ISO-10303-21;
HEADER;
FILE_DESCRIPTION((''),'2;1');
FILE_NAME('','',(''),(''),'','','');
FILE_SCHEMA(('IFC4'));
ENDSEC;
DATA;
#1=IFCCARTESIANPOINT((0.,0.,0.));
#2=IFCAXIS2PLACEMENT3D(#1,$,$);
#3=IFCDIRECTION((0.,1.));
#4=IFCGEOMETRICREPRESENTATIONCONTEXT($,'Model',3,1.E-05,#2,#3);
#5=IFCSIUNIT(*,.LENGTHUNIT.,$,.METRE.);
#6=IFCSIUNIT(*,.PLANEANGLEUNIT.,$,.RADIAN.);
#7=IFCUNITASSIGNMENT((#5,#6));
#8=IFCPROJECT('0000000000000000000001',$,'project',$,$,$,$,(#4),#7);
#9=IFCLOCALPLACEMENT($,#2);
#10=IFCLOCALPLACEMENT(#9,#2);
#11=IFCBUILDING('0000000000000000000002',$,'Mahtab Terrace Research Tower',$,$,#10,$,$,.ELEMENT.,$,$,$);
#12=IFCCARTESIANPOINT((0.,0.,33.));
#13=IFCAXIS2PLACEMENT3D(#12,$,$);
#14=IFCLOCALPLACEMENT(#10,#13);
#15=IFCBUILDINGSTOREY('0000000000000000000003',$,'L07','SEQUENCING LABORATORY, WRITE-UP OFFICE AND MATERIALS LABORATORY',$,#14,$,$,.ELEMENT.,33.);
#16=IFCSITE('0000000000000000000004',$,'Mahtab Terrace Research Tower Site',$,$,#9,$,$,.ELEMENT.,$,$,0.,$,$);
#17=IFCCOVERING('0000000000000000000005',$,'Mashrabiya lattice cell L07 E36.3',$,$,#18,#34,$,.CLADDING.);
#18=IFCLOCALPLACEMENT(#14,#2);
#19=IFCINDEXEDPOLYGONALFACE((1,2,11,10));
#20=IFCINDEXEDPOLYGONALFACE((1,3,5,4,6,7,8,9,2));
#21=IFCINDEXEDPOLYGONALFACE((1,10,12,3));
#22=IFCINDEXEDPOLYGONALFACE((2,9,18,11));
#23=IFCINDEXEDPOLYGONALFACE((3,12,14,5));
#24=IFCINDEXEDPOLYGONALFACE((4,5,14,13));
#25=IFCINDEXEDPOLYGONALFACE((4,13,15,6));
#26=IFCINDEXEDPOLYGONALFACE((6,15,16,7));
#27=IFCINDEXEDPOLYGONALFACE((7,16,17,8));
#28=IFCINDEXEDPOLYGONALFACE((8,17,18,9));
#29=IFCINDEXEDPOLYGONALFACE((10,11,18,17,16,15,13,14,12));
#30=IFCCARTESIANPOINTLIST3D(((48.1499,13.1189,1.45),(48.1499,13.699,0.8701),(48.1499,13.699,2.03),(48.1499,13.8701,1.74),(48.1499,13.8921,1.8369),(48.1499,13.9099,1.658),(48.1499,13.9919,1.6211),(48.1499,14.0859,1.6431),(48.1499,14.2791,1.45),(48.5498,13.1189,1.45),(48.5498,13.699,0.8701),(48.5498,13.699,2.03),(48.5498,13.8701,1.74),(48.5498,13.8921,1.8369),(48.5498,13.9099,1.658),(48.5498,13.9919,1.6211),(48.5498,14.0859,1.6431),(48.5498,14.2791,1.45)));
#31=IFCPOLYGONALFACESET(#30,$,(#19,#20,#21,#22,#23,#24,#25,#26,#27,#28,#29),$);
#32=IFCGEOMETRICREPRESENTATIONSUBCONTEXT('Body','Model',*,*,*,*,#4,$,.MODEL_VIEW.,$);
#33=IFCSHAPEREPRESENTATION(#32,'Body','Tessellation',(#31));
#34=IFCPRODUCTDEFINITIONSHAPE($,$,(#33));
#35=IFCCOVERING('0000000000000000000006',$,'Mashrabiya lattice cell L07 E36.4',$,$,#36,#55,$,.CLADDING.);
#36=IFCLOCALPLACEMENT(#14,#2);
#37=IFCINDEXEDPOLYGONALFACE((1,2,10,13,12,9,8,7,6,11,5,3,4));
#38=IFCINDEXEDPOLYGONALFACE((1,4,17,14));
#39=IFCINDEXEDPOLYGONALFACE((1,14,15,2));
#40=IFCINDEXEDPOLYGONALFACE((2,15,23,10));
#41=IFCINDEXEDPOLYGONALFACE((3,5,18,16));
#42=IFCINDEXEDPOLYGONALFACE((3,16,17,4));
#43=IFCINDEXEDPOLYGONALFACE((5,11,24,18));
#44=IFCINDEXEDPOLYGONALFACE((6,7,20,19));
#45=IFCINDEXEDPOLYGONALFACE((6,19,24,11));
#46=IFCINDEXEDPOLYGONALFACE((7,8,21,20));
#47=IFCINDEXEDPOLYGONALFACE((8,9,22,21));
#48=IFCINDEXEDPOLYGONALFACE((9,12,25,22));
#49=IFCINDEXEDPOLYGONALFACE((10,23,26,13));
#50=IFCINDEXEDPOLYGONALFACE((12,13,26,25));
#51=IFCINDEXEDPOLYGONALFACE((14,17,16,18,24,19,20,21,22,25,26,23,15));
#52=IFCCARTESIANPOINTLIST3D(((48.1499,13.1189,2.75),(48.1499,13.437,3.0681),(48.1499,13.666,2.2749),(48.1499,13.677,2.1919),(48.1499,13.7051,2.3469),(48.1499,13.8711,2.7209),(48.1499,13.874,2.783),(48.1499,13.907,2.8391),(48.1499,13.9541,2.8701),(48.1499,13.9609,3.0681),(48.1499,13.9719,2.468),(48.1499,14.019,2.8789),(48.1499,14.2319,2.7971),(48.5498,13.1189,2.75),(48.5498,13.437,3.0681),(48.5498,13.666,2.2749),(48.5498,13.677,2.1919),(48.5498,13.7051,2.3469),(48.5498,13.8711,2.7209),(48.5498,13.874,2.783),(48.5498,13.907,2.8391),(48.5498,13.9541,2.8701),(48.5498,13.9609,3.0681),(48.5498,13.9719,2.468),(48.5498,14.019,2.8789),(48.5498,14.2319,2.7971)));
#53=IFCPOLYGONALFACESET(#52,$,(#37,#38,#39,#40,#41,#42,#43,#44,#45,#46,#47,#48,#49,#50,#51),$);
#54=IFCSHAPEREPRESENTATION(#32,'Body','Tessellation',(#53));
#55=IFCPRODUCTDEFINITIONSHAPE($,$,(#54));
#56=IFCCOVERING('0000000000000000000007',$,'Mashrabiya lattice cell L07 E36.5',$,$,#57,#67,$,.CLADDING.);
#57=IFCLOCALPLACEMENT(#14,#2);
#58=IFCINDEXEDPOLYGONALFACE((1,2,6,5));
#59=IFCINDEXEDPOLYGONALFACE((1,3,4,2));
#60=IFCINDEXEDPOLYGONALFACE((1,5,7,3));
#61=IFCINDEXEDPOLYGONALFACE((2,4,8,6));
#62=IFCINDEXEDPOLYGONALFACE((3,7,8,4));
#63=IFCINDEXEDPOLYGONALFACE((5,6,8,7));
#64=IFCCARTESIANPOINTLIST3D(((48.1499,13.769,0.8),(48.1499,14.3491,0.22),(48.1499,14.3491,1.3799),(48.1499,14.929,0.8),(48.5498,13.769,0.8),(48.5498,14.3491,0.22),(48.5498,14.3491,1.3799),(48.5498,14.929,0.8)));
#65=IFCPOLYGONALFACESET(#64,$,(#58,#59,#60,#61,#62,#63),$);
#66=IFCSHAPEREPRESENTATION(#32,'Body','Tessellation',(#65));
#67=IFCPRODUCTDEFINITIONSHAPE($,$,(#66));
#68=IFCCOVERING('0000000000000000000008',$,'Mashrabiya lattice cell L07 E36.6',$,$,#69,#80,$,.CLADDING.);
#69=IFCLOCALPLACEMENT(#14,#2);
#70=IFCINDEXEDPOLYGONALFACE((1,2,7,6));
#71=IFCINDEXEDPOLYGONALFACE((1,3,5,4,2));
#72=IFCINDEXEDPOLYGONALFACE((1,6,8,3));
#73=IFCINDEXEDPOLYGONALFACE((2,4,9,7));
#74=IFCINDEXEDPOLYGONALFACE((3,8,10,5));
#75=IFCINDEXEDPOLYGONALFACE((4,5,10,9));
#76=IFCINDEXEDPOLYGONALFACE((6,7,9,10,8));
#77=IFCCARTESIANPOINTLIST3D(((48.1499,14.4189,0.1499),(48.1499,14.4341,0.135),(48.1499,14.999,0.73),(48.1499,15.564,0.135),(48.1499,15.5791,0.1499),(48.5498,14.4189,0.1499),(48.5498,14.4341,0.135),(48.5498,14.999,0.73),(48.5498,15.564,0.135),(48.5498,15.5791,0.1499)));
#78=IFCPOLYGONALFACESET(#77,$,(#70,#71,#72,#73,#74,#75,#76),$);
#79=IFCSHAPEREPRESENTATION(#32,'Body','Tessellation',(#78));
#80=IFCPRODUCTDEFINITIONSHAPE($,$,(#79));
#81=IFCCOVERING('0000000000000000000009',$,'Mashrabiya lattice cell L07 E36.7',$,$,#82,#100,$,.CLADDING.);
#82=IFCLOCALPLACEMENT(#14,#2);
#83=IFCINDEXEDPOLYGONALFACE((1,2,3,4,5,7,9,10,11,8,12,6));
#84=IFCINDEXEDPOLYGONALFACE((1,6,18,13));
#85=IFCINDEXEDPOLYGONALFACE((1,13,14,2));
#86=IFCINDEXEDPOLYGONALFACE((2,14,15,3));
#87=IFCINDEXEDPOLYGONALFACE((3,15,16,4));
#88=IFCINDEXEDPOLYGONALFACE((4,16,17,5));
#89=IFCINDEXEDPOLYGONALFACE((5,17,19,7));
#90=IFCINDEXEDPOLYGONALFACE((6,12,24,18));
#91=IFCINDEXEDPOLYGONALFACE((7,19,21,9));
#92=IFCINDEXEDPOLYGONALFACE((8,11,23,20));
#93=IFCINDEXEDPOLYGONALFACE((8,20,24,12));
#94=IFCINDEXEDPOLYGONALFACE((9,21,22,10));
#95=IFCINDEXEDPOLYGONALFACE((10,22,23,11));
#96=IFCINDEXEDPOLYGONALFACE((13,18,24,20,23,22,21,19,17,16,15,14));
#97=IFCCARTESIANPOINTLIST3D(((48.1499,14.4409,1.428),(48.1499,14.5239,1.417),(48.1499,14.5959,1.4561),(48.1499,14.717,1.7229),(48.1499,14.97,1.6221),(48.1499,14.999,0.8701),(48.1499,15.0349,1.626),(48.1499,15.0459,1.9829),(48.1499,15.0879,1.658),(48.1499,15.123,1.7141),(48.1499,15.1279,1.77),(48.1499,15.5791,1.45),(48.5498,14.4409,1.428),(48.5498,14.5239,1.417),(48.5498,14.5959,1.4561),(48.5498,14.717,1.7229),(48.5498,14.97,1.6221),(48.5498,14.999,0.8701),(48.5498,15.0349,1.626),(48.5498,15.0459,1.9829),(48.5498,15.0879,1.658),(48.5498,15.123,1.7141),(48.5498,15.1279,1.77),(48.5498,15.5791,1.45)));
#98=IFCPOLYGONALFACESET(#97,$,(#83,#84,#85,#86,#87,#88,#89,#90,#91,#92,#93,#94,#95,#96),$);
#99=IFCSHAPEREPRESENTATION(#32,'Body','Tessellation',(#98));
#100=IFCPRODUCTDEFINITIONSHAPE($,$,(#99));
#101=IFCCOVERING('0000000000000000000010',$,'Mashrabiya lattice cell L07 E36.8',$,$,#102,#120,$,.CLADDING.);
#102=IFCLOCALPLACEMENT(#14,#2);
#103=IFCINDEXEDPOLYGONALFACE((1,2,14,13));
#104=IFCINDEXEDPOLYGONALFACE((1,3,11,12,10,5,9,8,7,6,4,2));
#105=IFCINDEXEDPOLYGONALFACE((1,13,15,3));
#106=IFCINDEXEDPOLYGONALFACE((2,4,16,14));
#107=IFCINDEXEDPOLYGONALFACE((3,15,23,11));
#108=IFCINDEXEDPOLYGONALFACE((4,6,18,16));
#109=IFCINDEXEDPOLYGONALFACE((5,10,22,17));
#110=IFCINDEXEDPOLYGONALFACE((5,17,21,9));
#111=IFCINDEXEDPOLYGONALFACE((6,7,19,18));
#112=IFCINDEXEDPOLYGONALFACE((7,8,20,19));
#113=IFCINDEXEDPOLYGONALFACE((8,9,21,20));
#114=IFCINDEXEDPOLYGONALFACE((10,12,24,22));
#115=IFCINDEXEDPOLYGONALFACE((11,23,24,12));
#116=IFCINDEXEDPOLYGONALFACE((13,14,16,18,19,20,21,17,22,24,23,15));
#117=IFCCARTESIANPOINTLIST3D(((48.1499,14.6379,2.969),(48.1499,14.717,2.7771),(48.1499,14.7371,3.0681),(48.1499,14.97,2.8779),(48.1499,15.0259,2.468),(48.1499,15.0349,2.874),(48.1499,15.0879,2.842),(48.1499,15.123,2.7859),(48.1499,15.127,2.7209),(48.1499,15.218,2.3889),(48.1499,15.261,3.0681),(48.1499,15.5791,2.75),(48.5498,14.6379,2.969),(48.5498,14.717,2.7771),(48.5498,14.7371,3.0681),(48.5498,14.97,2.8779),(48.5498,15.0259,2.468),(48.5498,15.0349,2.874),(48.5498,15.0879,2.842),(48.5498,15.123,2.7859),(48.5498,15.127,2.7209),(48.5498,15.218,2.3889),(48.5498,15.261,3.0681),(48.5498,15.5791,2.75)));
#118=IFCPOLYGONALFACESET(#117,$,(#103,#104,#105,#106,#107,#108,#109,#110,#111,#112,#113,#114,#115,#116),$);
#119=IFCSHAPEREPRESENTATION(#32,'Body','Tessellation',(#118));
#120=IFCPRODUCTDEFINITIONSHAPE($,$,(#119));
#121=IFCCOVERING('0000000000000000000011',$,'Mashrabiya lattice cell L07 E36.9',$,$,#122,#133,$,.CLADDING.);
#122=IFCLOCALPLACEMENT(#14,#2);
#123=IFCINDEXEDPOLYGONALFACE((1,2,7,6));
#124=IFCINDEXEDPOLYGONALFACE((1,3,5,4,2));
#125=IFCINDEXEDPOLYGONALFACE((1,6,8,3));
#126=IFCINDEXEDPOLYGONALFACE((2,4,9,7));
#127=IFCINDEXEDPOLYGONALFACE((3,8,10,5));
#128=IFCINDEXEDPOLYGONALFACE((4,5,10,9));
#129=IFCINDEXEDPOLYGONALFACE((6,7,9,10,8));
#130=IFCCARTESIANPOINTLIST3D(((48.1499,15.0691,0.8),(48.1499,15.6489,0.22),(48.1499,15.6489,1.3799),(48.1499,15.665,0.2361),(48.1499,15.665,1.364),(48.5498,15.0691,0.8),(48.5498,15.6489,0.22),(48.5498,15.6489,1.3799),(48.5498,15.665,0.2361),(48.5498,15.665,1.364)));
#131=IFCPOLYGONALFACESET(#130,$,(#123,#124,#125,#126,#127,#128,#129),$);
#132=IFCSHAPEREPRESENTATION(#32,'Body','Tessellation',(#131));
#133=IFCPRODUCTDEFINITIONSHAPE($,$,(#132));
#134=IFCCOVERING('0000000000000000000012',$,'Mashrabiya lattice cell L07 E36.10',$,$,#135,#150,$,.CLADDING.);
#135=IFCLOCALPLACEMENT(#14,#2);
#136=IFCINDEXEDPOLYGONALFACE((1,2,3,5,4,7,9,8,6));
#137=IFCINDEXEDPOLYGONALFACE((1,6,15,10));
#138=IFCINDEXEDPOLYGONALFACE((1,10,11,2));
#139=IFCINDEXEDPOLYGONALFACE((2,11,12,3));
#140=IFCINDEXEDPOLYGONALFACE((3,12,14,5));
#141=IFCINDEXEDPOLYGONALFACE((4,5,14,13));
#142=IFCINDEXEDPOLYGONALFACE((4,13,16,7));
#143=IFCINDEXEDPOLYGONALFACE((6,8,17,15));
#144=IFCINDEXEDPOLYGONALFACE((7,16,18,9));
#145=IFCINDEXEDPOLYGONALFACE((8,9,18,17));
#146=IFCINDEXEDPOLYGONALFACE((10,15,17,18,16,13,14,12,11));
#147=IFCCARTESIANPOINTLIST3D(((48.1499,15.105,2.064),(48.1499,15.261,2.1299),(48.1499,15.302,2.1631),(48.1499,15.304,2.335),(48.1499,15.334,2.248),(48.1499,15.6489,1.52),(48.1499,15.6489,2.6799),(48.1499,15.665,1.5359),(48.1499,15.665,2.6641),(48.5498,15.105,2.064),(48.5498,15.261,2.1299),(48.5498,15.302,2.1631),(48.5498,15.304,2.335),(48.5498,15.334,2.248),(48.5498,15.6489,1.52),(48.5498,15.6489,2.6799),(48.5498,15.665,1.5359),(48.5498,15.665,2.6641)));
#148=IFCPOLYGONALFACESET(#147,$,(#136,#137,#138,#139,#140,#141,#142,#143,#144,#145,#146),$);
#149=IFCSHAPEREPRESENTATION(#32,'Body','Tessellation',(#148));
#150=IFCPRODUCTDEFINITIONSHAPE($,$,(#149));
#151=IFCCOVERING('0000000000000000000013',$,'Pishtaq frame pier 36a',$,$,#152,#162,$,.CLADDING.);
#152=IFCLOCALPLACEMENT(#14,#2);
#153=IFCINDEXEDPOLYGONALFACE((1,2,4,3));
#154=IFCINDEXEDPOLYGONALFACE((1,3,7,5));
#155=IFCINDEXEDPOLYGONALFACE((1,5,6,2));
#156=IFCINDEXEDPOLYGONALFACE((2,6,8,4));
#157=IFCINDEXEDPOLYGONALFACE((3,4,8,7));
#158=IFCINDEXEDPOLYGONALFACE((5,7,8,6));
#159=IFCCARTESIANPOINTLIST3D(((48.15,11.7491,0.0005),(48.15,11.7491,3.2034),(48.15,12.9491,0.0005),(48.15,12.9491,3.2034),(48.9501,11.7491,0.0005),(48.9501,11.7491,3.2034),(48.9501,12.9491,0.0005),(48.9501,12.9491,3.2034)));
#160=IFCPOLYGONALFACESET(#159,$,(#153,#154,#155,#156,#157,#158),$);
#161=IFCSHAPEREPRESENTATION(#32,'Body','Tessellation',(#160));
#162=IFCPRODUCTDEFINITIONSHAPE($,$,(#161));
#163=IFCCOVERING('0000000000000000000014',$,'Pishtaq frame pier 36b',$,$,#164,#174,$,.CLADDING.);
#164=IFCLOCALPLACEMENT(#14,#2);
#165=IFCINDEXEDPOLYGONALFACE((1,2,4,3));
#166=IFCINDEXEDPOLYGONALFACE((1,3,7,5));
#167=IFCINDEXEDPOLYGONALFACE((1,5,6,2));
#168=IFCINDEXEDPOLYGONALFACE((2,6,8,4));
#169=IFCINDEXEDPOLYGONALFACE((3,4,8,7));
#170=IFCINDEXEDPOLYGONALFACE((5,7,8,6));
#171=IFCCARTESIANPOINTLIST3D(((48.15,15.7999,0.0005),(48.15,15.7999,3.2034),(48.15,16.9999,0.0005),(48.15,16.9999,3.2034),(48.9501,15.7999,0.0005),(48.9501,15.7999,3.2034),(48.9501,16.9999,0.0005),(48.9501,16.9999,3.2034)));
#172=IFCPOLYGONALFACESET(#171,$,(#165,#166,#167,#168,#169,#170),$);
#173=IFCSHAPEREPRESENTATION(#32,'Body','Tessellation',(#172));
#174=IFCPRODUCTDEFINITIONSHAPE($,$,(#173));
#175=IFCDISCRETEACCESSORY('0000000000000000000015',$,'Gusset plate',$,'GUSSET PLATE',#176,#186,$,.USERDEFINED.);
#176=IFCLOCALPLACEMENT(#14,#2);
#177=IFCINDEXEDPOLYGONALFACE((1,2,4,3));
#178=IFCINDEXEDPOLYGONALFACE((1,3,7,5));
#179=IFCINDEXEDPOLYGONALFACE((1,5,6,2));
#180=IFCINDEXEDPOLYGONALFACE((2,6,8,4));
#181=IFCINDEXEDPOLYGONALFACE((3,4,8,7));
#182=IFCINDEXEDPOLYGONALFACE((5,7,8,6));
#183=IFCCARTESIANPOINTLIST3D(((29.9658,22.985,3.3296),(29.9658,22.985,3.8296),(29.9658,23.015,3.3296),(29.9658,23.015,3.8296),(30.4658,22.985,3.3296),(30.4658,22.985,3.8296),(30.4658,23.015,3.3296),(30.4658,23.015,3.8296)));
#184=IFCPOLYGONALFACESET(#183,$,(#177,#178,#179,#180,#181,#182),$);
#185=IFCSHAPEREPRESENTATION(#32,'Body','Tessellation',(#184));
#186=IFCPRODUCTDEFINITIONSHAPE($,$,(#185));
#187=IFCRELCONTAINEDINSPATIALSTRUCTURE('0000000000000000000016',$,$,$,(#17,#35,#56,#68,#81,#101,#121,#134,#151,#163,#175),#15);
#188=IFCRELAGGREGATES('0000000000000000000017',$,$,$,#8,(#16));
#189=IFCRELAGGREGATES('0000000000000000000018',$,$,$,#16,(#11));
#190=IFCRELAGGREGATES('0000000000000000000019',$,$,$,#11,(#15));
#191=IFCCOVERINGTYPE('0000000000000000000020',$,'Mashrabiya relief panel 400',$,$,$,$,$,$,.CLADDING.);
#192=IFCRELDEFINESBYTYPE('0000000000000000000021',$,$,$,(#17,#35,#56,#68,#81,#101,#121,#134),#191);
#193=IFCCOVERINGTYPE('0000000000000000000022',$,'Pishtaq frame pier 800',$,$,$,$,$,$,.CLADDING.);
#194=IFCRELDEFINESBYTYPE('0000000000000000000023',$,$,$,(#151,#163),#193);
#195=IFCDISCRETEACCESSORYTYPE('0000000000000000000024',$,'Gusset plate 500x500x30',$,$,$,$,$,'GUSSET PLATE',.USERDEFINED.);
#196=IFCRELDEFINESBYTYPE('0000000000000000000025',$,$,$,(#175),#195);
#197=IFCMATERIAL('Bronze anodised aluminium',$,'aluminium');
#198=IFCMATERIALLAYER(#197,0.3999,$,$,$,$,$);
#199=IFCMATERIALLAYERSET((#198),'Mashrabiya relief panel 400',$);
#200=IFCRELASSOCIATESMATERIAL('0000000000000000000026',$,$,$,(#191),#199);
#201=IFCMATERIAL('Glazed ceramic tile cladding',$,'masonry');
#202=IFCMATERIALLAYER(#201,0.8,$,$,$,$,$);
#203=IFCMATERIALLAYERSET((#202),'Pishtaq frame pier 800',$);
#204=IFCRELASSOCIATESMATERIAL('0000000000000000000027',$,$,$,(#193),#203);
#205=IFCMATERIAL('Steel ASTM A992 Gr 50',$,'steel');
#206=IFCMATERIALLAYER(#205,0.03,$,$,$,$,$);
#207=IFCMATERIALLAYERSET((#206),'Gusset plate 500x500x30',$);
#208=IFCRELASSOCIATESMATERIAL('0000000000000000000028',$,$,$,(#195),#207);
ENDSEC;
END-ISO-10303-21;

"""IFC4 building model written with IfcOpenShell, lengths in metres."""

from ifc_helpers import new_model, si_unit, direction, frame, origin, origin_2d, place, context, subcontext, project, spatial, polyline, rectangle, outline, extrude, material, layer, layer_set, type_object, element, save


model = new_model("IFC4")

# Units and contexts
model_context = context("Model", 3, precision=1e-05, world=origin(), true_north=direction((0.0, 1.0)))
body_context = subcontext(model_context, "Body", "Model", "MODEL_VIEW")
ifc_project = project(units=[si_unit("LENGTHUNIT", "METRE"), si_unit("PLANEANGLEUNIT", "RADIAN")], contexts=[model_context])

# Site, building, storey
site_placement = place(None, origin())
site = spatial("IfcSite", under=ifc_project, at=site_placement, Name="Mahtab Terrace Research Tower Site", CompositionType="ELEMENT", RefElevation=0.0)
building_placement = place(site_placement, origin())
building = spatial("IfcBuilding", under=site, at=building_placement, Name="Mahtab Terrace Research Tower", CompositionType="ELEMENT")
storey_placement = place(building_placement, frame((0.0, 0.0, 33.0)))
storey = spatial("IfcBuildingStorey", under=building, at=storey_placement, Name="L07", Description="SEQUENCING LABORATORY, WRITE-UP OFFICE AND MATERIALS LABORATORY", CompositionType="ELEMENT", Elevation=33.0)

# Shared definitions
ifc_material_1 = material(Name="Steel ASTM A992 Gr 50", Category="steel")

# Coverings
ifc_material_2 = material(Name="Bronze anodised aluminium", Category="aluminium")
ifc_layer_1 = layer(ifc_material_2, 0.3999)
ifc_layer_set_1 = layer_set([ifc_layer_1], Name="Mashrabiya relief panel 400")
covering_type_1 = type_object("IfcCoveringType", Name="Mashrabiya relief panel 400", PredefinedType="CLADDING", material=ifc_layer_set_1)
covering_1_placement = place(storey_placement, frame((48.1499, 14.2791, 1.45), z_axis=(-1.0, 0.0, 0.0), x_axis=(0.0, -0.707256, -0.706958)))
element("IfcCovering", 1, at=covering_1_placement, inside=storey, type_object=covering_type_1, Name="Mashrabiya lattice cell L07 E36.3", PredefinedType="CLADDING", context=body_context, shape_type="SweptSolid", body=[
    extrude(outline(polyline([(0.0, 0.0), (0.8202, 0.0), (0.8205, 0.8202), (0.0002, 0.8204), (0.0001, 0.5472), (0.0842, 0.4942), (0.114, 0.4081), (0.0821, 0.324), (0.0001, 0.2731), (0.0, 0.0)])), origin(), (0.0, 0.0, -1.0), 0.3999),
])
covering_2_placement = place(storey_placement, frame((48.1499, 13.1189, 2.75), z_axis=(-1.0, 0.0, 0.0), x_axis=(0.0, 0.707107, 0.707107)))
element("IfcCovering", 2, at=covering_2_placement, inside=storey, type_object=covering_type_1, Name="Mashrabiya lattice cell L07 E36.4", PredefinedType="CLADDING", context=body_context, shape_type="SweptSolid", body=[
    extrude(outline(polyline([(0.0, 0.0), (0.4499, 0.0), (0.8204, 0.3705), (0.8204, 0.7537), (0.7277, 0.5453), (0.6755, 0.5056), (0.6203, 0.4942), (0.5573, 0.5106), (0.5113, 0.5524), (0.4038, 0.8026), (0.1295, 0.6995), (0.0509, 0.7228), (0.0, 0.7893), (0.0, 0.0)])), origin(), (0.0, 0.0, -1.0), 0.3999),
])
covering_3_placement = place(storey_placement, frame((48.1499, 14.3491, 1.3799), z_axis=(-1.0, 0.0, 0.0), x_axis=(0.0, 0.707107, -0.707107)))
element("IfcCovering", 3, at=covering_3_placement, inside=storey, type_object=covering_type_1, Name="Mashrabiya lattice cell L07 E36.5", PredefinedType="CLADDING", context=body_context, shape_type="SweptSolid", body=[
    extrude(outline(polyline([(0.0, 0.0), (0.82, 0.0), (0.8202, 0.8202), (-0.0002, 0.8202), (0.0, 0.0)])), origin(), (0.0, 0.0, -1.0), 0.3999),
])
covering_4_placement = place(storey_placement, frame((48.1499, 14.4189, 0.1499), z_axis=(-1.0, 0.0, 0.0), x_axis=(0.0, 0.707107, 0.707107)))
element("IfcCovering", 4, at=covering_4_placement, inside=storey, type_object=covering_type_1, Name="Mashrabiya lattice cell L07 E36.6", PredefinedType="CLADDING", context=body_context, shape_type="SweptSolid", body=[
    extrude(outline(polyline([(0.0, 0.0), (0.8204, 0.0), (0.8204, 0.8204), (0.7991, 0.8202), (0.0002, 0.0212), (0.0, 0.0)])), origin(), (0.0, 0.0, -1.0), 0.3999),
])
covering_5_placement = place(storey_placement, frame((48.1499, 15.5791, 1.45), z_axis=(-1.0, 0.0, 0.0), x_axis=(0.0, -0.707256, -0.706958)))
element("IfcCovering", 5, at=covering_5_placement, inside=storey, type_object=covering_type_1, Name="Mashrabiya lattice cell L07 E36.7", PredefinedType="CLADDING", context=body_context, shape_type="SweptSolid", body=[
    extrude(outline(polyline([(0.0, 0.0), (0.8202, 0.0), (0.8205, 0.7891), (0.7696, 0.7227), (0.691, 0.6994), (0.4167, 0.8025), (0.3091, 0.5524), (0.2604, 0.5092), (0.2004, 0.4944), (0.1358, 0.5092), (0.0928, 0.5453), (0.0003, 0.7539), (0.0, 0.0)])), origin(), (0.0, 0.0, -1.0), 0.3999),
])
covering_6_placement = place(storey_placement, frame((48.1499, 15.5791, 2.75), z_axis=(-1.0, 0.0, 0.0), x_axis=(0.0, -0.707107, -0.707107)))
element("IfcCovering", 6, at=covering_6_placement, inside=storey, type_object=covering_type_1, Name="Mashrabiya lattice cell L07 E36.8", PredefinedType="CLADDING", context=body_context, shape_type="SweptSolid", body=[
    extrude(outline(polyline([(0.0, 0.0), (0.5106, 0.0), (0.5906, 0.1918), (0.3403, 0.2992), (0.2971, 0.3479), (0.2823, 0.4124), (0.2971, 0.4725), (0.3403, 0.5212), (0.5904, 0.6287), (0.5106, 0.8204), (0.3705, 0.8204), (0.0, 0.4499), (0.0, 0.0)])), origin(), (0.0, 0.0, -1.0), 0.3999),
])
covering_7_placement = place(storey_placement, frame((48.1499, 15.6489, 0.22), z_axis=(-1.0, 0.0, 0.0), x_axis=(0.0, -0.706958, 0.707256)))
element("IfcCovering", 7, at=covering_7_placement, inside=storey, type_object=covering_type_1, Name="Mashrabiya lattice cell L07 E36.9", PredefinedType="CLADDING", context=body_context, shape_type="SweptSolid", body=[
    extrude(outline(polyline([(0.0, 0.0), (0.8202, 0.0), (0.8204, 0.82), (0.7977, 0.8202), (0.0, 0.0228), (0.0, 0.0)])), origin(), (0.0, 0.0, -1.0), 0.3999),
])
covering_8_placement = place(storey_placement, frame((48.1499, 15.6489, 1.52), z_axis=(-1.0, 0.0, 0.0), x_axis=(0.0, -0.707107, 0.707107)))
element("IfcCovering", 8, at=covering_8_placement, inside=storey, type_object=covering_type_1, Name="Mashrabiya lattice cell L07 E36.10", PredefinedType="CLADDING", context=body_context, shape_type="SweptSolid", body=[
    extrude(outline(polyline([(0.0, 0.0), (0.7693, 0.0), (0.7056, 0.1569), (0.7, 0.2094), (0.7375, 0.2921), (0.8202, 0.3323), (0.8202, 0.8202), (0.7976, 0.8204), (-0.0002, 0.0226), (0.0, 0.0)])), origin(), (0.0, 0.0, -1.0), 0.3999),
])
ifc_material_3 = material(Name="Glazed ceramic tile cladding", Category="masonry")
ifc_layer_2 = layer(ifc_material_3, 0.8)
ifc_layer_set_2 = layer_set([ifc_layer_2], Name="Pishtaq frame pier 800")
covering_type_2 = type_object("IfcCoveringType", Name="Pishtaq frame pier 800", PredefinedType="CLADDING", material=ifc_layer_set_2)
for number, where, z_axis, x_axis, name in (
    (9, (48.55, 12.3491, 0.0005), (0.0, 0.0, 1.0), (0.0, 1.0, 0.0), "Pishtaq frame pier 36a"),
    (10, (48.55, 16.3999, 0.0005), (0.0, 0.0, 1.0), (0.0, 1.0, 0.0), "Pishtaq frame pier 36b"),
):
    element("IfcCovering", number, at=place(storey_placement, frame(where, z_axis=z_axis, x_axis=x_axis)), inside=storey, type_object=covering_type_2, Name=name, PredefinedType="CLADDING", context=body_context, shape_type="SweptSolid", body=[
        extrude(rectangle(XDim=1.2, YDim=0.8, at=origin_2d()), origin(), (0.0, 0.0, 1.0), 3.2029),
    ])

# Discrete accessory
ifc_layer_3 = layer(ifc_material_1, 0.03)
ifc_layer_set_3 = layer_set([ifc_layer_3], Name="Gusset plate 500x500x30")
discrete_accessory_type = type_object("IfcDiscreteAccessoryType", Name="Gusset plate 500x500x30", ElementType="GUSSET PLATE", PredefinedType="USERDEFINED", material=ifc_layer_set_3)
for number, where, z_axis, x_axis, name in (
    (11, (30.2158, 23.0, 3.3296), (0.0, 0.0, 1.0), (1.0, 0.0, 0.0), "Gusset plate"),
):
    element("IfcDiscreteAccessory", number, at=place(storey_placement, frame(where, z_axis=z_axis, x_axis=x_axis)), inside=storey, type_object=discrete_accessory_type, Name=name, ObjectType="GUSSET PLATE", PredefinedType="USERDEFINED", context=body_context, shape_type="SweptSolid", body=[
        extrude(rectangle(XDim=0.5, YDim=0.03, at=origin_2d()), origin(), (0.0, 0.0, 1.0), 0.5),
    ])

save(model, "model.ifc")
